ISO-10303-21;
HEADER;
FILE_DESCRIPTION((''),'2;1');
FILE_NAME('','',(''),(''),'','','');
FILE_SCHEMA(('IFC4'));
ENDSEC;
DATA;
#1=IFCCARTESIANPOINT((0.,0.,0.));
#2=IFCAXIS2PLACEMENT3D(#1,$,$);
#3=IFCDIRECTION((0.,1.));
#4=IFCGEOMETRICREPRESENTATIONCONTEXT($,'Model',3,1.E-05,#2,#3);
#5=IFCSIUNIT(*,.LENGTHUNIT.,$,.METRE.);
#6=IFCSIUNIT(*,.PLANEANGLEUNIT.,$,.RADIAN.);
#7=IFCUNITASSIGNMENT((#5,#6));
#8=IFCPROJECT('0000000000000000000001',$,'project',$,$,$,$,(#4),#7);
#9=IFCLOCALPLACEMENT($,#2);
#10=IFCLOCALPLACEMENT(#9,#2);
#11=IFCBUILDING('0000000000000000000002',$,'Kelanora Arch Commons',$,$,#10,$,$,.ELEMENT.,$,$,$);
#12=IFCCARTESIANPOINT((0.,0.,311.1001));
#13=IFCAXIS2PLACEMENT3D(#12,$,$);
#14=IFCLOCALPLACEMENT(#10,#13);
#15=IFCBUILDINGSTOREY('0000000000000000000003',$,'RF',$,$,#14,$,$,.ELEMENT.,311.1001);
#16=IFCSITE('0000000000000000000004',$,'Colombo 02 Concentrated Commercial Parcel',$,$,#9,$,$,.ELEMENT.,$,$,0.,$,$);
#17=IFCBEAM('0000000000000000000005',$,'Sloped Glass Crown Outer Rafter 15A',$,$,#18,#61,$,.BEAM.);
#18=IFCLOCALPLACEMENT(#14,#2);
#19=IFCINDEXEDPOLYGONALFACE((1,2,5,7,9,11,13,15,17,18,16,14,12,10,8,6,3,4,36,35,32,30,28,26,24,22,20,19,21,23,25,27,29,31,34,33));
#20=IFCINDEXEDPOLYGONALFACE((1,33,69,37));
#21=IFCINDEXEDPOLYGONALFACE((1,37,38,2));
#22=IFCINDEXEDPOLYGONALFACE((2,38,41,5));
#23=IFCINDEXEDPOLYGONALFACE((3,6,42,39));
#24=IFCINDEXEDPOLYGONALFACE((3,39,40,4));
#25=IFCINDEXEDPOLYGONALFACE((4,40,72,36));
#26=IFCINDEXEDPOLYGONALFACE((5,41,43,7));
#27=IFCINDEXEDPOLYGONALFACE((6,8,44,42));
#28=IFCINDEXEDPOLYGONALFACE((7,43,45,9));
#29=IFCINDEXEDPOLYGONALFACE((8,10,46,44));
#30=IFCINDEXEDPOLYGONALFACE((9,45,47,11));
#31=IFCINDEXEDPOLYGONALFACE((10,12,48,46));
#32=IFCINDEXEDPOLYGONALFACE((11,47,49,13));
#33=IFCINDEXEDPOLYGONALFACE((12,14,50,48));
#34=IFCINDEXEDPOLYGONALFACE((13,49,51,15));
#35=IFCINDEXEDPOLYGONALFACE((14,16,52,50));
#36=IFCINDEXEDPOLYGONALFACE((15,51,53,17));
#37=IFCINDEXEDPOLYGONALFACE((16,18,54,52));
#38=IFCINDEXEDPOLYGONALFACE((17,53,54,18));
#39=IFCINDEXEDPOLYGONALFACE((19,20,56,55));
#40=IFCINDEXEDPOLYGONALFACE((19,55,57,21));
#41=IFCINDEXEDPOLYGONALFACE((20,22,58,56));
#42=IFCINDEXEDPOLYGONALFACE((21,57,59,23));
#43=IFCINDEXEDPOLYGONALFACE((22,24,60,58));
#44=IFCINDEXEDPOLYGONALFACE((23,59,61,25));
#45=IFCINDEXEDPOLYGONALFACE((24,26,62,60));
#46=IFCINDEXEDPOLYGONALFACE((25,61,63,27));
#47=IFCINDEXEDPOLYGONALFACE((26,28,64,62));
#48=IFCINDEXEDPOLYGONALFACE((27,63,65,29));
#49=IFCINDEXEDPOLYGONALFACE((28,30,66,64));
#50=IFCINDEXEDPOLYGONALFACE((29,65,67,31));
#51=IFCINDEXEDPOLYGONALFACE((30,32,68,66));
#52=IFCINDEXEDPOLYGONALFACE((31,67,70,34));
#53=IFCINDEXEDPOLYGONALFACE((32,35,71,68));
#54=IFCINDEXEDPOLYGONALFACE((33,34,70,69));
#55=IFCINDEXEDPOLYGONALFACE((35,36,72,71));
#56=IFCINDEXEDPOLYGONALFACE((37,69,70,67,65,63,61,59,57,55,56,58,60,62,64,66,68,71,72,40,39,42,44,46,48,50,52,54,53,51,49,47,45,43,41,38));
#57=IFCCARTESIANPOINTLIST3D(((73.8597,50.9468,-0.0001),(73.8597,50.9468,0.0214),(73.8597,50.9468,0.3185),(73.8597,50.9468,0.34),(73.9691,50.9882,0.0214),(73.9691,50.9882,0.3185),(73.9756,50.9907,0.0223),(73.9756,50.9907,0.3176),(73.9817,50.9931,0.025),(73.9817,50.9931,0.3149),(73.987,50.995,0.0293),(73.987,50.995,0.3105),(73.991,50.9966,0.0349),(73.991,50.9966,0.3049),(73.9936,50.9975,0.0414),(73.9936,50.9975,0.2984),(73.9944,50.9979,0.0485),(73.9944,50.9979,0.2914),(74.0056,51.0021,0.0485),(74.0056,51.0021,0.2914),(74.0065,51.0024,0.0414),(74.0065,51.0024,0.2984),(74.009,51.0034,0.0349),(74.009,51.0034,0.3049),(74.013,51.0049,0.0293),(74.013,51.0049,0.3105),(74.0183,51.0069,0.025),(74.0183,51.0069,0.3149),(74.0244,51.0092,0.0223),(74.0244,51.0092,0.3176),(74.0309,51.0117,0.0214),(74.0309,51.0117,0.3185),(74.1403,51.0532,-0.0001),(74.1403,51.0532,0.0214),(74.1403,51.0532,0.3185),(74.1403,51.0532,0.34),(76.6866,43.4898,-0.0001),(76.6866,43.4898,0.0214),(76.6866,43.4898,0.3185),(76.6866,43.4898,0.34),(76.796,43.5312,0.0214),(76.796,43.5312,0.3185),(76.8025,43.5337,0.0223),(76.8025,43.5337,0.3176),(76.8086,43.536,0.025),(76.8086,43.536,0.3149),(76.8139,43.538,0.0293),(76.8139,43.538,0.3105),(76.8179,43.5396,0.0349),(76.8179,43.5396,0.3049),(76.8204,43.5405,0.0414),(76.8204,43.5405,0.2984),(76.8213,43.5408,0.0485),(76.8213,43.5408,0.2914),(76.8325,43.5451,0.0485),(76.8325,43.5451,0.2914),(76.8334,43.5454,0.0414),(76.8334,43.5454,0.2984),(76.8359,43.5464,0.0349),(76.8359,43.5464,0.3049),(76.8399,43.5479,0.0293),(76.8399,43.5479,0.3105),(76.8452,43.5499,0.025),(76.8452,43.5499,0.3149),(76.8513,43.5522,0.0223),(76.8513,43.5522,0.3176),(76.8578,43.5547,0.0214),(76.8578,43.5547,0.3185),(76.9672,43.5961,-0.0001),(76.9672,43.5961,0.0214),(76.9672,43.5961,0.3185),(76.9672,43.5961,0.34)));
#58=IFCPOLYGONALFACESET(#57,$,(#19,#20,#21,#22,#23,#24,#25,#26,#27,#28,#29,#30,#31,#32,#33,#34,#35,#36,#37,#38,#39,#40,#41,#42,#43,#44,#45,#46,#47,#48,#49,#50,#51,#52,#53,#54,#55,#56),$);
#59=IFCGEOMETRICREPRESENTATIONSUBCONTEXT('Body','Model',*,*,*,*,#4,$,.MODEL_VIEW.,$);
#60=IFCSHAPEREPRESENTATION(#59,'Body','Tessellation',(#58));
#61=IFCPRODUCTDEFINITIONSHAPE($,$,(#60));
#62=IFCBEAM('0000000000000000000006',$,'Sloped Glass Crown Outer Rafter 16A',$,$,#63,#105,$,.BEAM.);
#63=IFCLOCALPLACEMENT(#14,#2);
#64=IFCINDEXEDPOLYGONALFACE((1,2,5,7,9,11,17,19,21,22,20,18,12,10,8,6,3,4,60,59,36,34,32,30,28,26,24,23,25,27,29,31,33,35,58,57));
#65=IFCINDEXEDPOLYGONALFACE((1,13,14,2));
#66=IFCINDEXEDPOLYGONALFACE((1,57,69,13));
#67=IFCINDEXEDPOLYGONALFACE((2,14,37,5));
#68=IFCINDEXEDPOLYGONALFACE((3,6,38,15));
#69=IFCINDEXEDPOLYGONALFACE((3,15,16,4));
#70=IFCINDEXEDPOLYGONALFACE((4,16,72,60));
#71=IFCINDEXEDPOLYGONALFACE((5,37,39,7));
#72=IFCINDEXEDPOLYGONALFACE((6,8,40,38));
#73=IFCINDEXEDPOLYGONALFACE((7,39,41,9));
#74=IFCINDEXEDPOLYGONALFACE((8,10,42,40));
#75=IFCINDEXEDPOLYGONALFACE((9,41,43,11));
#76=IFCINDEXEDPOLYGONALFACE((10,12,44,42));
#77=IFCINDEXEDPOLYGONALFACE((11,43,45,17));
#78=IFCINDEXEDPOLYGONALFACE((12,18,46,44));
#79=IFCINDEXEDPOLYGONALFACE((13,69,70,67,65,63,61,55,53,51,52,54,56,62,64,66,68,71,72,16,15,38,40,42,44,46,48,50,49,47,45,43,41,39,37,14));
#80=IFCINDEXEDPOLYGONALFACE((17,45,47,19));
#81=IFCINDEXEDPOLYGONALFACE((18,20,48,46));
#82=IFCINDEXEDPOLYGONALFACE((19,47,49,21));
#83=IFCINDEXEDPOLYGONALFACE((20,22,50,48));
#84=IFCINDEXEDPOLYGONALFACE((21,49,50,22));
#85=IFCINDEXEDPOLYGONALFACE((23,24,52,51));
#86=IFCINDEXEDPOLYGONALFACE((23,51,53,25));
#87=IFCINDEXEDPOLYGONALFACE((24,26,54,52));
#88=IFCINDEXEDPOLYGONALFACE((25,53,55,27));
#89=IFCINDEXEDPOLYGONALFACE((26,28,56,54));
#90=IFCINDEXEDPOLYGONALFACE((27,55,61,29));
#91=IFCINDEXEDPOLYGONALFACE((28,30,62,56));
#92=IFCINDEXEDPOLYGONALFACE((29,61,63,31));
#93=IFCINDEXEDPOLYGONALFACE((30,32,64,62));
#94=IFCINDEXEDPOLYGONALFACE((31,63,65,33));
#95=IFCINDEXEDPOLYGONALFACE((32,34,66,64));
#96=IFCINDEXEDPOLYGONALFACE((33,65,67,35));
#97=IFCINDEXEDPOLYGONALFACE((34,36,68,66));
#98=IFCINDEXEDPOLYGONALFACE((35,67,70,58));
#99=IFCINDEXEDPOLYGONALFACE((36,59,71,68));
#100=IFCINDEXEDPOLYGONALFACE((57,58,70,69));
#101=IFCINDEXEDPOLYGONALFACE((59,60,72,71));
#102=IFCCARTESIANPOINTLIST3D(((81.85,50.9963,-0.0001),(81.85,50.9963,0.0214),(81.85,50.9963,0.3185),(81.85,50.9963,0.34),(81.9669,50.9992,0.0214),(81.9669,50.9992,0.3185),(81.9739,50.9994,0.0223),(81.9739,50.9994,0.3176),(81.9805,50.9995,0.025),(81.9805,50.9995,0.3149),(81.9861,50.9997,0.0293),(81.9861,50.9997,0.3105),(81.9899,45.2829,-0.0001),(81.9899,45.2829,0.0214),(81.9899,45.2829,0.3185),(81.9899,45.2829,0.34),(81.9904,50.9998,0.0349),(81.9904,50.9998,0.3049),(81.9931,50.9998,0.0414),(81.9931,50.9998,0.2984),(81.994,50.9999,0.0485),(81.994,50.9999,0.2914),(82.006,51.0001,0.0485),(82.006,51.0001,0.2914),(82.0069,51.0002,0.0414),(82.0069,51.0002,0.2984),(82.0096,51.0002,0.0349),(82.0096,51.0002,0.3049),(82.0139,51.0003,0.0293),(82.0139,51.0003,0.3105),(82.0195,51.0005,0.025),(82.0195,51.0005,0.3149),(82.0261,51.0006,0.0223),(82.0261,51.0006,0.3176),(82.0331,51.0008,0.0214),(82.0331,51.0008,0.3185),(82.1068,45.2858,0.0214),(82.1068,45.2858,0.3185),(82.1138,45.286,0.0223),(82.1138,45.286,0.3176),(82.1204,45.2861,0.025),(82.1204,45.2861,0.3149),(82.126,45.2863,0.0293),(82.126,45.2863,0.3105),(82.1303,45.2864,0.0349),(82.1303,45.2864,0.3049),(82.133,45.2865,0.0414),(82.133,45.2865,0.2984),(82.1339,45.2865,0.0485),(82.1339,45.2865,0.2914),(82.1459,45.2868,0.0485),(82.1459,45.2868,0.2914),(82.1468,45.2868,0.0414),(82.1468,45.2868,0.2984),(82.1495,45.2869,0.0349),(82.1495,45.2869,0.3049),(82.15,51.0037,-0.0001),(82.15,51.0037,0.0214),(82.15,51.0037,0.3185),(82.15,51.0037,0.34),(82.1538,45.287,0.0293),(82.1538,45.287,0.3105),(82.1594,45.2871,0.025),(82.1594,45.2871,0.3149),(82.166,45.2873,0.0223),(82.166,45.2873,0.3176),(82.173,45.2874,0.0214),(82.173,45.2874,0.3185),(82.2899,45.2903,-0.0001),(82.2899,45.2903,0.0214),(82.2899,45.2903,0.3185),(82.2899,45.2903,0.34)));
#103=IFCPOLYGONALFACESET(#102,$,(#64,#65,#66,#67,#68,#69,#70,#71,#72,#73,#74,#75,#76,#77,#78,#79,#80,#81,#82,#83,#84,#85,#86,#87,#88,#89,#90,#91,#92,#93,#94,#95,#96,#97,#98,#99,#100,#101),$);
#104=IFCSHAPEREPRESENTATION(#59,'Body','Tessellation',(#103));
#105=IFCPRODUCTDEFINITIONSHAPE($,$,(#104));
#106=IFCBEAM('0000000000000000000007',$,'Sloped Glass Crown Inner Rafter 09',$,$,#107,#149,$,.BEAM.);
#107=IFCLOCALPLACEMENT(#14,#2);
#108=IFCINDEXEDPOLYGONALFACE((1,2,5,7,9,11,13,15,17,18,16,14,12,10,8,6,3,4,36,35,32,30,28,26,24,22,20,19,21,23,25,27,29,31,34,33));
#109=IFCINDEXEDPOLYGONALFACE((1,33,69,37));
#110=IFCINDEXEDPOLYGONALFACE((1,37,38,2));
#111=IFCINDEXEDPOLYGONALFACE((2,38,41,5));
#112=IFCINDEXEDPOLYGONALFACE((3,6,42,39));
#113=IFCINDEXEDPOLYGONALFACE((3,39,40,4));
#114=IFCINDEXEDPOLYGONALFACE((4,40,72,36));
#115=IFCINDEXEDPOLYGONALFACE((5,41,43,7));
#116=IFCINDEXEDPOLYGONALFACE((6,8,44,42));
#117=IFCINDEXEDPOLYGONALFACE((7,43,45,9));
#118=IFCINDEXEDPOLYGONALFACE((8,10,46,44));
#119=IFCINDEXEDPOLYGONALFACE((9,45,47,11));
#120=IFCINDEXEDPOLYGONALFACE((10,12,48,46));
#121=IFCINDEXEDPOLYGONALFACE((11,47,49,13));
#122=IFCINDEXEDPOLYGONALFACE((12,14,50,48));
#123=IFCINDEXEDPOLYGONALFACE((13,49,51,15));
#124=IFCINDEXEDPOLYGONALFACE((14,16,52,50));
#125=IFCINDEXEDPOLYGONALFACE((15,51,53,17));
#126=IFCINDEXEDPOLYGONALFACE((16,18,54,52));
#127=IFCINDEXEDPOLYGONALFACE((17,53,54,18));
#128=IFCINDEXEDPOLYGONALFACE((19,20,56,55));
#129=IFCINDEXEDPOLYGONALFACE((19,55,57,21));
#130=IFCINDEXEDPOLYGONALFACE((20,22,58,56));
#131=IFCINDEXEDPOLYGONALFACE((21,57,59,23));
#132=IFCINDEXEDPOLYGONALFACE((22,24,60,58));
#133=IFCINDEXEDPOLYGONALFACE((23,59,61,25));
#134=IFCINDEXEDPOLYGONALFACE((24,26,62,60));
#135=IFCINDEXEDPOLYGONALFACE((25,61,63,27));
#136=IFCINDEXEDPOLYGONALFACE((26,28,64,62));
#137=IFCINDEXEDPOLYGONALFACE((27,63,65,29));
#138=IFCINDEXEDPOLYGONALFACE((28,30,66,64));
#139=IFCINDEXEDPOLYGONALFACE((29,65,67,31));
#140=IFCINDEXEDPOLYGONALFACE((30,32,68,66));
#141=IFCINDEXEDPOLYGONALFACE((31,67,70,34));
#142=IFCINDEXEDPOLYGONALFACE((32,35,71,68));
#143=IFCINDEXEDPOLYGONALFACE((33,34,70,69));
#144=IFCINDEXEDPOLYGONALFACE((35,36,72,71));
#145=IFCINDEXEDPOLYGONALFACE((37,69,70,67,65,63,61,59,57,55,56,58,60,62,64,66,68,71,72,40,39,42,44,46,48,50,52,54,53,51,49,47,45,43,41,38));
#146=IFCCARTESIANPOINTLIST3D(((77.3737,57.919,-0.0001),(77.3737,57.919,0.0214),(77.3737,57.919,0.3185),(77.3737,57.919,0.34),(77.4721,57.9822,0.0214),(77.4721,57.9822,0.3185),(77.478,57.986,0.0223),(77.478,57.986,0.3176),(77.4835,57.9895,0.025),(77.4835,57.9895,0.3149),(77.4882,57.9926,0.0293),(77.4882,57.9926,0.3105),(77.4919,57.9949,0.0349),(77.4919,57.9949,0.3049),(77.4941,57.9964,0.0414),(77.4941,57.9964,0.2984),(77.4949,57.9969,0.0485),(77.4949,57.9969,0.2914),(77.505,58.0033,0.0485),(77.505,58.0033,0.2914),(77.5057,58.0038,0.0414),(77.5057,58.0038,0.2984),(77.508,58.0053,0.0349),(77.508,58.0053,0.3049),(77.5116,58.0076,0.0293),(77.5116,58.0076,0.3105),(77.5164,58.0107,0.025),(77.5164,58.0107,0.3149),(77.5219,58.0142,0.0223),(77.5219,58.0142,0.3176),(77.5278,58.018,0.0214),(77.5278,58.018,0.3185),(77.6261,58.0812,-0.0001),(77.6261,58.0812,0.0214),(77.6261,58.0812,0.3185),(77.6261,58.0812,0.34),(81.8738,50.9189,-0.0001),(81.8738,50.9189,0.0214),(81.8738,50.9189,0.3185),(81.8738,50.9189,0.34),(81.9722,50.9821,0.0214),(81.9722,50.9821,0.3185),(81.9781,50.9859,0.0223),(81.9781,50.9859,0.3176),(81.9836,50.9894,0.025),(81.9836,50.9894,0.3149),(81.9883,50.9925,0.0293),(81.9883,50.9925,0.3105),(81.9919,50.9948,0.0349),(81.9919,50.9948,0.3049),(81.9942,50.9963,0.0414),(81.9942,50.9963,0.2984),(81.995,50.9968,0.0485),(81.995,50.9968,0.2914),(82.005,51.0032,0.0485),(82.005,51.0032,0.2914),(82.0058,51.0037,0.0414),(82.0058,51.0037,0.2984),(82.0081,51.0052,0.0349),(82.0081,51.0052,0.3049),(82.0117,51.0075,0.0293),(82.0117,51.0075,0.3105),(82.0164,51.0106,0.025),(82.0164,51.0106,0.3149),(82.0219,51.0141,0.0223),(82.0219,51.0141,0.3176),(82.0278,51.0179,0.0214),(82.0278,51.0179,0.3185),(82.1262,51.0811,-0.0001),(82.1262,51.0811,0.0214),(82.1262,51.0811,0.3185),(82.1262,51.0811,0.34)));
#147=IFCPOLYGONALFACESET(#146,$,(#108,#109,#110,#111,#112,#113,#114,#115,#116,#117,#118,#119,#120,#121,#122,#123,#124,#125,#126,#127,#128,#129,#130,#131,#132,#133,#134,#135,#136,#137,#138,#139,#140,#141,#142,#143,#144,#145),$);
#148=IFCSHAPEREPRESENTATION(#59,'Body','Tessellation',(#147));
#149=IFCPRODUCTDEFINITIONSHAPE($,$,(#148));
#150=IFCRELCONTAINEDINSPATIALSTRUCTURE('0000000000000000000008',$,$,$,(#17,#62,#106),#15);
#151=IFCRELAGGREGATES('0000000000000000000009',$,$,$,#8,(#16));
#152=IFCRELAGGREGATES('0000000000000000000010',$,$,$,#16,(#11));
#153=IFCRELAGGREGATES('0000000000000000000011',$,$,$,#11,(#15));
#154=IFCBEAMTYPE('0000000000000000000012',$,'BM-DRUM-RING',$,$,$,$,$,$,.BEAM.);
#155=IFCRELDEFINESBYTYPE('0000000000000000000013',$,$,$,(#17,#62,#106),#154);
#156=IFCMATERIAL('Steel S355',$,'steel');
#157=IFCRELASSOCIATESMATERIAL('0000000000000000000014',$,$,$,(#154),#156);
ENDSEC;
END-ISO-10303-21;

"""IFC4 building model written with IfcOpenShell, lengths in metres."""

from ifc_helpers import new_model, si_unit, direction, frame, origin, origin_2d, place, context, subcontext, project, spatial, i_section, extrude, material, material_profile, profile_set, type_object, element, save


model = new_model("IFC4")

# Units and contexts
model_context = context("Model", 3, precision=1e-05, world=origin(), true_north=direction((0.0, 1.0)))
body_context = subcontext(model_context, "Body", "Model", "MODEL_VIEW")
ifc_project = project(units=[si_unit("LENGTHUNIT", "METRE"), si_unit("PLANEANGLEUNIT", "RADIAN")], contexts=[model_context])

# Site, building, storey
site_placement = place(None, origin())
site = spatial("IfcSite", under=ifc_project, at=site_placement, Name="Colombo 02 Concentrated Commercial Parcel", CompositionType="ELEMENT", RefElevation=0.0)
building_placement = place(site_placement, origin())
building = spatial("IfcBuilding", under=site, at=building_placement, Name="Kelanora Arch Commons", CompositionType="ELEMENT")
storey_placement = place(building_placement, frame((0.0, 0.0, 311.1001)))
storey = spatial("IfcBuildingStorey", under=building, at=storey_placement, Name="RF", CompositionType="ELEMENT", Elevation=311.1001)

# Beams
ifc_material_1 = material(Name="Steel S355", Category="steel")
ifc_material_profile_1 = material_profile(ifc_material_1, i_section(OverallWidth=0.3, OverallDepth=0.3401, WebThickness=0.012, FlangeThickness=0.0215, FilletRadius=0.0271, at=origin_2d()), Name="HEB340")
ifc_profile_set_1 = profile_set([ifc_material_profile_1], Name="Steel S355")
beam_type_1 = type_object("IfcBeamType", Name="BM-DRUM-RING", PredefinedType="BEAM", material=ifc_profile_set_1)
beam_1_placement = place(storey_placement, frame((76.8269, 43.543, 0.1699), z_axis=(-0.354476, 0.935065, 0.0), x_axis=(-0.935065, -0.354476, 0.0)))
element("IfcBeam", 1, at=beam_1_placement, inside=storey, type_object=beam_type_1, Name="Sloped Glass Crown Outer Rafter 15A", PredefinedType="BEAM", context=body_context, shape_type="SweptSolid", body=[
    extrude(i_section(OverallWidth=0.3, OverallDepth=0.3401, WebThickness=0.012, FlangeThickness=0.0215, FilletRadius=0.0271, at=origin_2d()), origin(), (0.0, 0.0, 1.0), 7.9749),
])
beam_2_placement = place(storey_placement, frame((82.1399, 45.2866, 0.1699), z_axis=(-0.024478, 0.9997, 0.0), x_axis=(-0.9997, -0.024478, 0.0)))
element("IfcBeam", 2, at=beam_2_placement, inside=storey, type_object=beam_type_1, Name="Sloped Glass Crown Outer Rafter 16A", PredefinedType="BEAM", context=body_context, shape_type="SweptSolid", body=[
    extrude(i_section(OverallWidth=0.3, OverallDepth=0.3401, WebThickness=0.012, FlangeThickness=0.0215, FilletRadius=0.0271, at=origin_2d()), origin(), (0.0, 0.0, 1.0), 5.7151),
])
beam_3_placement = place(storey_placement, frame((82.0, 51.0, 0.1699), z_axis=(-0.540758, 0.841178, 0.0), x_axis=(-0.841178, -0.540758, 0.0)))
element("IfcBeam", 3, at=beam_3_placement, inside=storey, type_object=beam_type_1, Name="Sloped Glass Crown Inner Rafter 09", PredefinedType="BEAM", context=body_context, shape_type="SweptSolid", body=[
    extrude(i_section(OverallWidth=0.3, OverallDepth=0.3401, WebThickness=0.012, FlangeThickness=0.0215, FilletRadius=0.0271, at=origin_2d()), origin(), (0.0, 0.0, 1.0), 8.3218),
])

save(model, "model.ifc")
